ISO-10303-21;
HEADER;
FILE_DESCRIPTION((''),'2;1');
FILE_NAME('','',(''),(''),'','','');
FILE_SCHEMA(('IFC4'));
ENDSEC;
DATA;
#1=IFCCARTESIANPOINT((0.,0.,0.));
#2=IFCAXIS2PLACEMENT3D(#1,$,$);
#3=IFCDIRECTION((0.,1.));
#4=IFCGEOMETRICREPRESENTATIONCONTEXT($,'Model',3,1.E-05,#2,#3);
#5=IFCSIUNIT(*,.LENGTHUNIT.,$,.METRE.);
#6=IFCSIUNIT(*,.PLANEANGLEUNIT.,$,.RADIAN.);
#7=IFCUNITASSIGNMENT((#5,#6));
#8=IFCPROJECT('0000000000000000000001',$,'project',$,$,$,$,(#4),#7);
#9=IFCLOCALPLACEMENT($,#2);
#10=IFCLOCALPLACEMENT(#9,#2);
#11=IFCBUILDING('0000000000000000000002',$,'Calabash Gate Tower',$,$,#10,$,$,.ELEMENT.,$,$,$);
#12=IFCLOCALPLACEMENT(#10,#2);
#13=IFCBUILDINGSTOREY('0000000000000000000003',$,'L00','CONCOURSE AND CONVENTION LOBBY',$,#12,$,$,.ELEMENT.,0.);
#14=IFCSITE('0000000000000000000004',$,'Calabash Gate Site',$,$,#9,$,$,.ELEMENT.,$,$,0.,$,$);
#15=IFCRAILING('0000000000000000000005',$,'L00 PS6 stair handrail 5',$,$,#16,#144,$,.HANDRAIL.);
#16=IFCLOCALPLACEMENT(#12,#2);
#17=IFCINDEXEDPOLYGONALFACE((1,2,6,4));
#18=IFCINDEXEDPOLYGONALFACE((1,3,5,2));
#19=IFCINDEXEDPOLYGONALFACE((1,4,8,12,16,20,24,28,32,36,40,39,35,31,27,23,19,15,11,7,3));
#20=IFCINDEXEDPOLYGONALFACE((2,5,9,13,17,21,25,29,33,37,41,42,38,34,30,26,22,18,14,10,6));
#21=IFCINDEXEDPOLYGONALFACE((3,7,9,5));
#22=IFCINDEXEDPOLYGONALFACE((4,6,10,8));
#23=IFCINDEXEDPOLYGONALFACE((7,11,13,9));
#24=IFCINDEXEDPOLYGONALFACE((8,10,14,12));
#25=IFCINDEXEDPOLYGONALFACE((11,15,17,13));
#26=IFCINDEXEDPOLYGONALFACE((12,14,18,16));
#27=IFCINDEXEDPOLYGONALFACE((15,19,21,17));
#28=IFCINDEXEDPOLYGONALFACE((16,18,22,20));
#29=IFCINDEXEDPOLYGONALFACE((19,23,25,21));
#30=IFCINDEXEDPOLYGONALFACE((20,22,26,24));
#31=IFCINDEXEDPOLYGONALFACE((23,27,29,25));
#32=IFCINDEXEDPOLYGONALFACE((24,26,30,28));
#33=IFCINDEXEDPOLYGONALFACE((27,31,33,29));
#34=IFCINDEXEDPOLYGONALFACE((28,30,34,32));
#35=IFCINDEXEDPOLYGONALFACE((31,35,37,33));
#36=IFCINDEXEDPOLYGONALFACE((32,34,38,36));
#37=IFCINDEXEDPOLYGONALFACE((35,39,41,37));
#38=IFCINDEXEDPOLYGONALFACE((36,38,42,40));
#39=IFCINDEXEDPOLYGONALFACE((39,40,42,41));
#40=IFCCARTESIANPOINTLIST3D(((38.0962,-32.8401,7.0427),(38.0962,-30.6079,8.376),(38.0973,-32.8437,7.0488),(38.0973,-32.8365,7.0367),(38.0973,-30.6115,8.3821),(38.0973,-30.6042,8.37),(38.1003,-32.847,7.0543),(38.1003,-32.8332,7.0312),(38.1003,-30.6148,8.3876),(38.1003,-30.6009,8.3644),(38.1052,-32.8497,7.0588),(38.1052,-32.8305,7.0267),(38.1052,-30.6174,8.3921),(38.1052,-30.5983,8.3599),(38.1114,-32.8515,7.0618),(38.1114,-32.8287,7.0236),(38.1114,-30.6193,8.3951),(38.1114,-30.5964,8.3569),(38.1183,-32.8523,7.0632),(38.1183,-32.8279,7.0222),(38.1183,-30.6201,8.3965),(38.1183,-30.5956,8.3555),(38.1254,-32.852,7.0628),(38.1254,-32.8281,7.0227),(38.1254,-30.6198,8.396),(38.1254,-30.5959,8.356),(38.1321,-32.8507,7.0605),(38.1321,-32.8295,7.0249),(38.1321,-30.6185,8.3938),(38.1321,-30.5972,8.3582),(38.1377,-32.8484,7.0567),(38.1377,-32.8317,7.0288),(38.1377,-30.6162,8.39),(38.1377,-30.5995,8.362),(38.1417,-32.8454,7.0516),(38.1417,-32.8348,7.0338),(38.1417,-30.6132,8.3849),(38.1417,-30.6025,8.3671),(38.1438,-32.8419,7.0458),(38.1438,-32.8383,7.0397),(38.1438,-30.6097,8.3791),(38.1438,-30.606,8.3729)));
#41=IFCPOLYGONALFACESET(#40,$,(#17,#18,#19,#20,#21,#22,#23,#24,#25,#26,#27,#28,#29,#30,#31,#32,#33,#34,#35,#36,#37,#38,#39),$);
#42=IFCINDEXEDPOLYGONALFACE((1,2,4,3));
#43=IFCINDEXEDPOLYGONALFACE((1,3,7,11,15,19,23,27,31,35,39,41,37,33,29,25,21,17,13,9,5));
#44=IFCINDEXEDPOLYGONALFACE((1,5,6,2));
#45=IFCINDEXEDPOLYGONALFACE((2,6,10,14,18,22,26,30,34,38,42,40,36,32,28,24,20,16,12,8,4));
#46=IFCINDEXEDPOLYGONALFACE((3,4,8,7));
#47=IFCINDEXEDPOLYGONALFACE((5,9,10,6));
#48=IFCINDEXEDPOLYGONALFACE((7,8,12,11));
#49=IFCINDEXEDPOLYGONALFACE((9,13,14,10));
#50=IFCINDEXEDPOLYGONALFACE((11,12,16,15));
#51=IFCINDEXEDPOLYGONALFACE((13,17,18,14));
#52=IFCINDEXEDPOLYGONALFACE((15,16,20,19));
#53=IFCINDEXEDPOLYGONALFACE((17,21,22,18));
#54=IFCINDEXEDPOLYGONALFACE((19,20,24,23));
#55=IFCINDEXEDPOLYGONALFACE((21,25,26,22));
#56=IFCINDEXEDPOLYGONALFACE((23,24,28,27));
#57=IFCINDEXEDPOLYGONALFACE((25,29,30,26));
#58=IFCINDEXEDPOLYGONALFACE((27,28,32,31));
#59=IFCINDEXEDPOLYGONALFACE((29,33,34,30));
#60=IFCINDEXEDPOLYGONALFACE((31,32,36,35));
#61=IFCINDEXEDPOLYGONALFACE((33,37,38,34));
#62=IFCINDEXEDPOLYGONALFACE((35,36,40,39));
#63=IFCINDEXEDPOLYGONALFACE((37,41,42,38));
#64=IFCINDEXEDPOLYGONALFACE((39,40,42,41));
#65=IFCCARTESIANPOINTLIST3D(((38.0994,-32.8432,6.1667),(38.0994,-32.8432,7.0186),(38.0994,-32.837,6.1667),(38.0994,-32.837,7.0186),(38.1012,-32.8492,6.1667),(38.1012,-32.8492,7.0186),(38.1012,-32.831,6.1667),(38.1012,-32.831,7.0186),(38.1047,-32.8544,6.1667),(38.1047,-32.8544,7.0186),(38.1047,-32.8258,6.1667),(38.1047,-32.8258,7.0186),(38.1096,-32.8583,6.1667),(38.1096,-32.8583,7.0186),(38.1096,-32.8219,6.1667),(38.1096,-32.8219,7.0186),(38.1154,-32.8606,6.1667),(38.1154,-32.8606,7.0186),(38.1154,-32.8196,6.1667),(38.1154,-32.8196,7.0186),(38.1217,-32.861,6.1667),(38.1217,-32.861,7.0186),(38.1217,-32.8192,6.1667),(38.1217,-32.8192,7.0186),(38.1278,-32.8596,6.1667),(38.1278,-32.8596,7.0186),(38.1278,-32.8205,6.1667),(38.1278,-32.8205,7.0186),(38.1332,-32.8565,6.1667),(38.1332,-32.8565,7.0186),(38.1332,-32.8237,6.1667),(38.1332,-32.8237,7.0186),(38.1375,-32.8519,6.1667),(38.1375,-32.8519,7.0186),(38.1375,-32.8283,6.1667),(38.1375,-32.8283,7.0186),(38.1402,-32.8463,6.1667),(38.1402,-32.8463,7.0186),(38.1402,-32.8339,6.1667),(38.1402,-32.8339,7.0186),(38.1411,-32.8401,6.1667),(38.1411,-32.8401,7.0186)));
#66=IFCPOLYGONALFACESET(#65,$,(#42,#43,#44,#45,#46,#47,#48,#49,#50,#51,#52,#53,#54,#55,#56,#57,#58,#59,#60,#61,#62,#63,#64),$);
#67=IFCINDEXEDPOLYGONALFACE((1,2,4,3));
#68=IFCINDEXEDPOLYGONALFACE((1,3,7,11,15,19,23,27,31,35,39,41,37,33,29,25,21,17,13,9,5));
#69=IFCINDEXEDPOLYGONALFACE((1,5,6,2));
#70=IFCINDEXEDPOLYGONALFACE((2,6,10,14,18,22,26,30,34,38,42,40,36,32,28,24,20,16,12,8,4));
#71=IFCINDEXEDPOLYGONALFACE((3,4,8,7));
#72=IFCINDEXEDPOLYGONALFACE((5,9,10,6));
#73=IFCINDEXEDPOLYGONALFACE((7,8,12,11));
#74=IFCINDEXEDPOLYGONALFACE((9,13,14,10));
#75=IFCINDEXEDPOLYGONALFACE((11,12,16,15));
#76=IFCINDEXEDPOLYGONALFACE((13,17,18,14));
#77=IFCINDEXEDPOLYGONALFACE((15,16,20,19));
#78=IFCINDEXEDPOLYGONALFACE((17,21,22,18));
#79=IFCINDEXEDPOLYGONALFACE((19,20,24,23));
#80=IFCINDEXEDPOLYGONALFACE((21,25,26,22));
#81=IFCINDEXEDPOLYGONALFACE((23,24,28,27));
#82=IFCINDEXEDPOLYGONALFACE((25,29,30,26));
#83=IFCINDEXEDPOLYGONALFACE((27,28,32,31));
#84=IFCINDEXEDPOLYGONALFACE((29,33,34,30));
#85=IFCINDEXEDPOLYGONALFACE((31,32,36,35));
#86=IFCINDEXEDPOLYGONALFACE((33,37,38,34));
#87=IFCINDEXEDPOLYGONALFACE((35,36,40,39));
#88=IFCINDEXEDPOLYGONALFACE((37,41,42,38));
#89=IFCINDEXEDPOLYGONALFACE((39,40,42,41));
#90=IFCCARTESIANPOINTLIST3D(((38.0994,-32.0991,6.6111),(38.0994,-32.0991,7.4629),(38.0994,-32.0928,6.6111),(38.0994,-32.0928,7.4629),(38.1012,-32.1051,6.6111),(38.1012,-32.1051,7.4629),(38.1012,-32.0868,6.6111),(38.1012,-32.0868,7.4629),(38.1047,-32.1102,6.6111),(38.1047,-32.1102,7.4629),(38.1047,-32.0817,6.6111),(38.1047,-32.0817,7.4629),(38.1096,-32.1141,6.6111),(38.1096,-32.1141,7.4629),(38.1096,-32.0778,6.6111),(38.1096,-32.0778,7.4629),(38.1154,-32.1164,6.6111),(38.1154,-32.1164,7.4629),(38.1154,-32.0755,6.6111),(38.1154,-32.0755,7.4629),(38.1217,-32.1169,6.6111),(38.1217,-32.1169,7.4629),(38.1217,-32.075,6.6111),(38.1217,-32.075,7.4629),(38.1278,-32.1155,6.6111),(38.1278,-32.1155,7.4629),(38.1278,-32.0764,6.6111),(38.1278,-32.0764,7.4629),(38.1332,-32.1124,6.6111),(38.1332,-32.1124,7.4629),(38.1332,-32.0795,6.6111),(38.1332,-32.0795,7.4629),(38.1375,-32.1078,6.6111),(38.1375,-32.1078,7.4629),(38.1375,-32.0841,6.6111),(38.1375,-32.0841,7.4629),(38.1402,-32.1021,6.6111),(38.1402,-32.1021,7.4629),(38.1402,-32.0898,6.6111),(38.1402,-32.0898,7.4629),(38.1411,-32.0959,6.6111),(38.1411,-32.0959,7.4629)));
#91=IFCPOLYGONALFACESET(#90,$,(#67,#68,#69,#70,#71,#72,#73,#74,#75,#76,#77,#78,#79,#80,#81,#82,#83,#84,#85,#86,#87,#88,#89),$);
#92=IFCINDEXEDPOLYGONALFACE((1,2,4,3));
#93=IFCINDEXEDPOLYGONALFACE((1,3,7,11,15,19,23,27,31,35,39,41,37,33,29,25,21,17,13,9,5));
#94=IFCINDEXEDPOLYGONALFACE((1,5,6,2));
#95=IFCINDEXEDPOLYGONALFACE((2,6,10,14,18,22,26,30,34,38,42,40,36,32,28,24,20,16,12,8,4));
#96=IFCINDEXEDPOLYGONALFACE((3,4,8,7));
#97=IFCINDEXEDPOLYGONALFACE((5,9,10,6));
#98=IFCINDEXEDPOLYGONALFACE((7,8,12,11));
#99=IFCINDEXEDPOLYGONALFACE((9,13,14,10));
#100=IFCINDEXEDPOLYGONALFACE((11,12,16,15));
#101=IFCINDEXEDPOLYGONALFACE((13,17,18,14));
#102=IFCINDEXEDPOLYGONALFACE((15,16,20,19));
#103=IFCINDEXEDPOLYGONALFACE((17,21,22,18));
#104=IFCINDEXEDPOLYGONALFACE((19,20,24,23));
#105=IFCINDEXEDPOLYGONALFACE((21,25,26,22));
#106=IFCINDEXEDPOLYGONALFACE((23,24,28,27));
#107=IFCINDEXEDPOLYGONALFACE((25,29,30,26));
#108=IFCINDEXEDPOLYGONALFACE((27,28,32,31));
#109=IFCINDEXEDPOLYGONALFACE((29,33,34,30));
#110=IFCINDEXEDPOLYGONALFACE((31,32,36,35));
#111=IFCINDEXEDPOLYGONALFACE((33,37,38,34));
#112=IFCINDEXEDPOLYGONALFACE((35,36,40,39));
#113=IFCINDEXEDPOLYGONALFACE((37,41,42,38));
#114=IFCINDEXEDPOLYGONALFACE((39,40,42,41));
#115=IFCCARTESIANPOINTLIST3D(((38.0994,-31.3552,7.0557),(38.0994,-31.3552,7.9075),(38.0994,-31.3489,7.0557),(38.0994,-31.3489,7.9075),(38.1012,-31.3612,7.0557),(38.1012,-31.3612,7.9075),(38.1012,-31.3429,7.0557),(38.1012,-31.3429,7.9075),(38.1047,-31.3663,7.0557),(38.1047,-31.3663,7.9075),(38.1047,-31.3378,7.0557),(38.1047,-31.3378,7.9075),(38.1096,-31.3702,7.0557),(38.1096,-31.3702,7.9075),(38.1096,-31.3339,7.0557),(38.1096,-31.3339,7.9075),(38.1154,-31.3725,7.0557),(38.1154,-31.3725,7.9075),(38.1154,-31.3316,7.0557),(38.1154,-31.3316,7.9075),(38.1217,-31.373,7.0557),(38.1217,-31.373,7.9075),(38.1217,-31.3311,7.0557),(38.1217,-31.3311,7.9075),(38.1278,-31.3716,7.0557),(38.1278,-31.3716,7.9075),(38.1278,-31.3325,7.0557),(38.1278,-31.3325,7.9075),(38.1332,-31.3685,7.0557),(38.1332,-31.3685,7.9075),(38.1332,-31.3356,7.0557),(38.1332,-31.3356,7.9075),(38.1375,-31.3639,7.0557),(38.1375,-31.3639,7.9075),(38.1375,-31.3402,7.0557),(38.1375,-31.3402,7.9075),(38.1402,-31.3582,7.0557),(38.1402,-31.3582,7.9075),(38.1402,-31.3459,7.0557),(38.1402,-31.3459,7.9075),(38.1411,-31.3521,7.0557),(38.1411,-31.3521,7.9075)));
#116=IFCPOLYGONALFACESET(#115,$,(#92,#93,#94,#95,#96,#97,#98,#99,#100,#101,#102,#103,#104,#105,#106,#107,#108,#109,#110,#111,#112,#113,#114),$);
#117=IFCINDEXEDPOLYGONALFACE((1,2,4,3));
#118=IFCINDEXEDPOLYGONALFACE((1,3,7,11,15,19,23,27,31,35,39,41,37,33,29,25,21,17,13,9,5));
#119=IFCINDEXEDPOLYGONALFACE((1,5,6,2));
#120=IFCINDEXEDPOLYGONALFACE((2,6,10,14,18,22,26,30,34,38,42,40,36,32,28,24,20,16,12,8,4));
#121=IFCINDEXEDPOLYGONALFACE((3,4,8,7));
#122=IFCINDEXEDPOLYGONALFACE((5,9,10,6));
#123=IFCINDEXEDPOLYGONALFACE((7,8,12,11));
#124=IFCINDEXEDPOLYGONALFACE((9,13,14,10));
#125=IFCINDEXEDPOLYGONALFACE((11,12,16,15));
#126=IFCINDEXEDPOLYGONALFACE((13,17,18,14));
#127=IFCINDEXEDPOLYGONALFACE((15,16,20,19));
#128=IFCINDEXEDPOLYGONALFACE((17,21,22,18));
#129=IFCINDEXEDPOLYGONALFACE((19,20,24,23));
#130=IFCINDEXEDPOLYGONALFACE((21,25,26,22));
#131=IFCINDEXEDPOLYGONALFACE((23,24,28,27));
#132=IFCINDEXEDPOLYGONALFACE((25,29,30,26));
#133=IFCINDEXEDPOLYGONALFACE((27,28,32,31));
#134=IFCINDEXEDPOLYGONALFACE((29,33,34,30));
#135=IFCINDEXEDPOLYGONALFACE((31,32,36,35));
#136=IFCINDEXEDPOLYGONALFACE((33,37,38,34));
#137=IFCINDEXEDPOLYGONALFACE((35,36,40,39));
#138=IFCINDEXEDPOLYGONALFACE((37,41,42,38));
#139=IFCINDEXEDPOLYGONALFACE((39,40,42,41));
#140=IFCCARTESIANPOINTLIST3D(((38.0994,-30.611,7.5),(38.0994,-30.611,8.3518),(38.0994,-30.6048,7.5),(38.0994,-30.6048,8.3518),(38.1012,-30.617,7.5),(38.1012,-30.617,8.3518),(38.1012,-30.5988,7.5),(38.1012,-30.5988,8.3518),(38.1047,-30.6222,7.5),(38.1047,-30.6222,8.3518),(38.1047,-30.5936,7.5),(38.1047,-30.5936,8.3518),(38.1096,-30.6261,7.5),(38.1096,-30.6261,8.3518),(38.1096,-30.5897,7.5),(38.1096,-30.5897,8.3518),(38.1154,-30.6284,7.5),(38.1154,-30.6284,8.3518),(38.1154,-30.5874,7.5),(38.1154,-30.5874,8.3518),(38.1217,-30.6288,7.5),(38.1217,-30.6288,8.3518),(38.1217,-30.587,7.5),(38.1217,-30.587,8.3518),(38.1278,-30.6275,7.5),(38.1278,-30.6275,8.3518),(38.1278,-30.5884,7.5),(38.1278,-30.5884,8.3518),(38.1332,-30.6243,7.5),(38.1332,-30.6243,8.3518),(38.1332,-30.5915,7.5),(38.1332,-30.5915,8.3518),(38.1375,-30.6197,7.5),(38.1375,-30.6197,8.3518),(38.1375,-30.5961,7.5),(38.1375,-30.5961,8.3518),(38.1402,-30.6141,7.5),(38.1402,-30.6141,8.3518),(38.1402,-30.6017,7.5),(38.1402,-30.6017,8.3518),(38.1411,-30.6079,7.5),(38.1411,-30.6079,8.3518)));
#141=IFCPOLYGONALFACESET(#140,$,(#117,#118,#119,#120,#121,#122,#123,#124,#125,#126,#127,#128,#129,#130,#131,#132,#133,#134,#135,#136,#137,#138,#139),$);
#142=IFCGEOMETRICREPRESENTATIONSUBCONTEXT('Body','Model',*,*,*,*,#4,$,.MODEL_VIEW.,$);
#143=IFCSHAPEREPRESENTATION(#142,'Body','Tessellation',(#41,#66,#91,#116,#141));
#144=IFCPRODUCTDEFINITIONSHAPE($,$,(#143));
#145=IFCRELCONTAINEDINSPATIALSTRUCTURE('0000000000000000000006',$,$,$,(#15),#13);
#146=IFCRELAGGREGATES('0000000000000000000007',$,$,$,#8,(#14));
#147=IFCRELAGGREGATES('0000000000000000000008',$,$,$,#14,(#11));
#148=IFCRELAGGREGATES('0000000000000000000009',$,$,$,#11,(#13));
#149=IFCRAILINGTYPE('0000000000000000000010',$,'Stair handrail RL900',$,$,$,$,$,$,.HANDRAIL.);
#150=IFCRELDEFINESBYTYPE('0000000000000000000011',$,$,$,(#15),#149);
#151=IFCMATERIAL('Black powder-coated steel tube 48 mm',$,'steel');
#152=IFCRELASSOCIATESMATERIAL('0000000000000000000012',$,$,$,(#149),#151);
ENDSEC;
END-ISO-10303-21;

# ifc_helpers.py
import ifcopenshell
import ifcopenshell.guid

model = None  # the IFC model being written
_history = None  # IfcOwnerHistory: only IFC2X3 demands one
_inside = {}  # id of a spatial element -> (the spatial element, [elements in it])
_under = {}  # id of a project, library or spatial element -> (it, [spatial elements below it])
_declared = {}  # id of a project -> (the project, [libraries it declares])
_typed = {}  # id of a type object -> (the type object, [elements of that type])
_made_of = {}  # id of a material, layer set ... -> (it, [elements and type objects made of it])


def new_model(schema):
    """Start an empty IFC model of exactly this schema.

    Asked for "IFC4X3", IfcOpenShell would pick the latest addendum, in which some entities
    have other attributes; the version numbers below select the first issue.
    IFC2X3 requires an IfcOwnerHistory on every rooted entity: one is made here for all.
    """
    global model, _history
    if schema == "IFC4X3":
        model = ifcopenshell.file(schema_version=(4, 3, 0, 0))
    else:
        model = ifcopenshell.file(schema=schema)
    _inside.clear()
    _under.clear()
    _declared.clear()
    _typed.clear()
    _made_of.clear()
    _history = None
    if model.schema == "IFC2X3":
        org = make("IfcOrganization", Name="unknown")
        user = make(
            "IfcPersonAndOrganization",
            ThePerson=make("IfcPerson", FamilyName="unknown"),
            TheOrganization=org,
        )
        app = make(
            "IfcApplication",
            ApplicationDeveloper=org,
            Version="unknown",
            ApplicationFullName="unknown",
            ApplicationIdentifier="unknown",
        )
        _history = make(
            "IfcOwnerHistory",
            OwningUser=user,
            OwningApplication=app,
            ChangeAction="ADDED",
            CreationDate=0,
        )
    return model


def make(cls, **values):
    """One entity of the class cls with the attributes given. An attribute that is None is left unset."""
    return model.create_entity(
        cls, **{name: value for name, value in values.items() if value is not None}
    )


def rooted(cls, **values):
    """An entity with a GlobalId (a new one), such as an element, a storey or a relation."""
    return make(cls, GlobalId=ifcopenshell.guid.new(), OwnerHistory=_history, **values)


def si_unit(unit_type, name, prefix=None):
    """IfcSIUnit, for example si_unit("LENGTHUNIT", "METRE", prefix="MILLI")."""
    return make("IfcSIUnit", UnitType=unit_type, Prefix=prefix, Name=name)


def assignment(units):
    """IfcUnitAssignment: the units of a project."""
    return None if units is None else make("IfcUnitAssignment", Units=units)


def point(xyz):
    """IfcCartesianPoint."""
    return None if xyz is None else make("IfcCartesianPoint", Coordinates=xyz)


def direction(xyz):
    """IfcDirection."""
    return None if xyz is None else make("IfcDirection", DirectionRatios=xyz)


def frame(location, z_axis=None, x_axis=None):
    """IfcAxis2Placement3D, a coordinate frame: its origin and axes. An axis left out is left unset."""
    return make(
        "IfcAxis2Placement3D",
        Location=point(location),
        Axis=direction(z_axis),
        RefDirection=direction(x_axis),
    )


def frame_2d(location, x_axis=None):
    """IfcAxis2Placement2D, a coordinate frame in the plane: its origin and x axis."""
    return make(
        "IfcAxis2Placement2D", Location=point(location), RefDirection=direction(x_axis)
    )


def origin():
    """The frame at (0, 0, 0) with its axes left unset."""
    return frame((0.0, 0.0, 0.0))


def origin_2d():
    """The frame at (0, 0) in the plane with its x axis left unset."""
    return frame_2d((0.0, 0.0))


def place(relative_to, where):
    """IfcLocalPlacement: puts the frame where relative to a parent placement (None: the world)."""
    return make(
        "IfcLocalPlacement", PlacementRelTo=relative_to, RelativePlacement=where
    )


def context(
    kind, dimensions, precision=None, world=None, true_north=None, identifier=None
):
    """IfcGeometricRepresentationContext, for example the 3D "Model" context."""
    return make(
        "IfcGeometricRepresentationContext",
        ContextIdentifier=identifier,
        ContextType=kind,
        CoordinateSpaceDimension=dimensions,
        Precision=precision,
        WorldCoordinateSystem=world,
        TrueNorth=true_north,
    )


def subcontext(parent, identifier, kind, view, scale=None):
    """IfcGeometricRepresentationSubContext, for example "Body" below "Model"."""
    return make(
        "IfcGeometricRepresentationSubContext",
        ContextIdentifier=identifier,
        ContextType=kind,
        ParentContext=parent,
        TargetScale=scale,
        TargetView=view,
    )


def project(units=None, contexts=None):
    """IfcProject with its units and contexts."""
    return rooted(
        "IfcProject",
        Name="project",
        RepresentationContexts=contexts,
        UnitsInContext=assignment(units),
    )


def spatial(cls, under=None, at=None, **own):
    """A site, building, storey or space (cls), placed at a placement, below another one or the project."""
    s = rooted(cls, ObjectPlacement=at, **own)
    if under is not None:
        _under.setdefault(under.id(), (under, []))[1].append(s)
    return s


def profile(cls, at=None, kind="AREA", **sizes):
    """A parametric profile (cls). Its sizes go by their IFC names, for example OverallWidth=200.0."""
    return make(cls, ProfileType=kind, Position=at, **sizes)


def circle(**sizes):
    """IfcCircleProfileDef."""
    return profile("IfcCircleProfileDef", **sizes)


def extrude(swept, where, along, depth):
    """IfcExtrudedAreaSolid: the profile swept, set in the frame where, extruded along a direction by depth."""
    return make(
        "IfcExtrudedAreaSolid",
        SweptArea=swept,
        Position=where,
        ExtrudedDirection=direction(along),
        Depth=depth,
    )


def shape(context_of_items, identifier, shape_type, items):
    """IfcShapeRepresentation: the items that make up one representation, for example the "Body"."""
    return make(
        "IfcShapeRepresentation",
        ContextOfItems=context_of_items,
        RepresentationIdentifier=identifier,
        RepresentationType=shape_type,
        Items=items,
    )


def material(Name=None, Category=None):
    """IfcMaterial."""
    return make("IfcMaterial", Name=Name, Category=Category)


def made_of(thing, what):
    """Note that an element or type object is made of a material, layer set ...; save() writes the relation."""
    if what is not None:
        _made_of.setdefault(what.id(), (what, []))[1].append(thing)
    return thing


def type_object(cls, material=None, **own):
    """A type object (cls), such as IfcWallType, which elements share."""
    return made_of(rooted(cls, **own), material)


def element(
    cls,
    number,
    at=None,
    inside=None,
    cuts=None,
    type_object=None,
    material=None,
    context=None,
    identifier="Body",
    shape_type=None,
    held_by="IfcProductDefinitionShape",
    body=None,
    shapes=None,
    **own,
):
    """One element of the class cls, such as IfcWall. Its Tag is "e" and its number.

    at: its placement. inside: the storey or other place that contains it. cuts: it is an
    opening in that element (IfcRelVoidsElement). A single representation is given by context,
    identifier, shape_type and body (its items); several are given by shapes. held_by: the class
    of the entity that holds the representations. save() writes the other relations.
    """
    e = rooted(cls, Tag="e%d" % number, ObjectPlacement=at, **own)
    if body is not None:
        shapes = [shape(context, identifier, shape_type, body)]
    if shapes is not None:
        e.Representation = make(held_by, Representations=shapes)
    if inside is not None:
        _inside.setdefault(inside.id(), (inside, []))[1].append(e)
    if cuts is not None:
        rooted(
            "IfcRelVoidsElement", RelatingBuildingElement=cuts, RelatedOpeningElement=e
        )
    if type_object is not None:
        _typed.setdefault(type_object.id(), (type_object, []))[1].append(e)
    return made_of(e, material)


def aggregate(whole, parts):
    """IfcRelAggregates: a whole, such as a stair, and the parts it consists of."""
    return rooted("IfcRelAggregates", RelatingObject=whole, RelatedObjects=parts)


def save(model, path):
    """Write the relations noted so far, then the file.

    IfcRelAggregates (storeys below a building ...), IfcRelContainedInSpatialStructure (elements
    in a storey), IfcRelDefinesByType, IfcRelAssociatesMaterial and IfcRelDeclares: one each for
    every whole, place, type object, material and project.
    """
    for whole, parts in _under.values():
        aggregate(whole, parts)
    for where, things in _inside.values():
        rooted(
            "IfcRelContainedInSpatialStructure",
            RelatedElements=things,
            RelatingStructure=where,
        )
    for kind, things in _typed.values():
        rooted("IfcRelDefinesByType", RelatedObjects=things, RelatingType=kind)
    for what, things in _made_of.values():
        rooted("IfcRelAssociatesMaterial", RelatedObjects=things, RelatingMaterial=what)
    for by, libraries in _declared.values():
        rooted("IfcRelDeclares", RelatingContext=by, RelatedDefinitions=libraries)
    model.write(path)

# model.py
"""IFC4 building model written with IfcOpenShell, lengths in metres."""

from ifc_helpers import new_model, si_unit, direction, frame, origin, origin_2d, place, context, subcontext, project, spatial, circle, extrude, material, type_object, element, save


model = new_model("IFC4")

# Units and contexts
model_context = context("Model", 3, precision=1e-05, world=origin(), true_north=direction((0.0, 1.0)))
body_context = subcontext(model_context, "Body", "Model", "MODEL_VIEW")
ifc_project = project(units=[si_unit("LENGTHUNIT", "METRE"), si_unit("PLANEANGLEUNIT", "RADIAN")], contexts=[model_context])

# Site, building, storey
site_placement = place(None, origin())
site = spatial("IfcSite", under=ifc_project, at=site_placement, Name="Calabash Gate Site", CompositionType="ELEMENT", RefElevation=0.0)
building_placement = place(site_placement, origin())
building = spatial("IfcBuilding", under=site, at=building_placement, Name="Calabash Gate Tower", CompositionType="ELEMENT")
storey_placement = place(building_placement, origin())
storey = spatial("IfcBuildingStorey", under=building, at=storey_placement, Name="L00", Description="CONCOURSE AND CONVENTION LOBBY", CompositionType="ELEMENT", Elevation=0.0)

# Railing
ifc_material_1 = material(Name="Black powder-coated steel tube 48 mm", Category="steel")
railing_type_1 = type_object("IfcRailingType", Name="Stair handrail RL900", PredefinedType="HANDRAIL", material=ifc_material_1)
for number, where, name in (
    (1, (38.1201, -32.8401, 6.1667), "L00 PS6 stair handrail 5"),
):
    element("IfcRailing", number, at=place(storey_placement, frame(where)), inside=storey, type_object=railing_type_1, Name=name, PredefinedType="HANDRAIL", context=body_context, shape_type="SweptSolid", body=[
        extrude(circle(Radius=0.0239, at=origin_2d()), frame((0.0, 0.0, 0.876), z_axis=(0.0, 0.858519, 0.512782), x_axis=(-1.0, 0.0, 0.0)), (0.0, 0.0, 1.0), 2.6001),
        extrude(circle(Radius=0.021, at=origin_2d()), origin(), (0.0, 0.0, 1.0), 0.8518),
        extrude(circle(Radius=0.021, at=origin_2d()), frame((0.0, 0.7441, 0.4443)), (0.0, 0.0, 1.0), 0.8518),
        extrude(circle(Radius=0.021, at=origin_2d()), frame((0.0, 1.488, 0.8889)), (0.0, 0.0, 1.0), 0.8518),
        extrude(circle(Radius=0.021, at=origin_2d()), frame((0.0, 2.2322, 1.3333)), (0.0, 0.0, 1.0), 0.8518),
    ])

save(model, "model.ifc")
